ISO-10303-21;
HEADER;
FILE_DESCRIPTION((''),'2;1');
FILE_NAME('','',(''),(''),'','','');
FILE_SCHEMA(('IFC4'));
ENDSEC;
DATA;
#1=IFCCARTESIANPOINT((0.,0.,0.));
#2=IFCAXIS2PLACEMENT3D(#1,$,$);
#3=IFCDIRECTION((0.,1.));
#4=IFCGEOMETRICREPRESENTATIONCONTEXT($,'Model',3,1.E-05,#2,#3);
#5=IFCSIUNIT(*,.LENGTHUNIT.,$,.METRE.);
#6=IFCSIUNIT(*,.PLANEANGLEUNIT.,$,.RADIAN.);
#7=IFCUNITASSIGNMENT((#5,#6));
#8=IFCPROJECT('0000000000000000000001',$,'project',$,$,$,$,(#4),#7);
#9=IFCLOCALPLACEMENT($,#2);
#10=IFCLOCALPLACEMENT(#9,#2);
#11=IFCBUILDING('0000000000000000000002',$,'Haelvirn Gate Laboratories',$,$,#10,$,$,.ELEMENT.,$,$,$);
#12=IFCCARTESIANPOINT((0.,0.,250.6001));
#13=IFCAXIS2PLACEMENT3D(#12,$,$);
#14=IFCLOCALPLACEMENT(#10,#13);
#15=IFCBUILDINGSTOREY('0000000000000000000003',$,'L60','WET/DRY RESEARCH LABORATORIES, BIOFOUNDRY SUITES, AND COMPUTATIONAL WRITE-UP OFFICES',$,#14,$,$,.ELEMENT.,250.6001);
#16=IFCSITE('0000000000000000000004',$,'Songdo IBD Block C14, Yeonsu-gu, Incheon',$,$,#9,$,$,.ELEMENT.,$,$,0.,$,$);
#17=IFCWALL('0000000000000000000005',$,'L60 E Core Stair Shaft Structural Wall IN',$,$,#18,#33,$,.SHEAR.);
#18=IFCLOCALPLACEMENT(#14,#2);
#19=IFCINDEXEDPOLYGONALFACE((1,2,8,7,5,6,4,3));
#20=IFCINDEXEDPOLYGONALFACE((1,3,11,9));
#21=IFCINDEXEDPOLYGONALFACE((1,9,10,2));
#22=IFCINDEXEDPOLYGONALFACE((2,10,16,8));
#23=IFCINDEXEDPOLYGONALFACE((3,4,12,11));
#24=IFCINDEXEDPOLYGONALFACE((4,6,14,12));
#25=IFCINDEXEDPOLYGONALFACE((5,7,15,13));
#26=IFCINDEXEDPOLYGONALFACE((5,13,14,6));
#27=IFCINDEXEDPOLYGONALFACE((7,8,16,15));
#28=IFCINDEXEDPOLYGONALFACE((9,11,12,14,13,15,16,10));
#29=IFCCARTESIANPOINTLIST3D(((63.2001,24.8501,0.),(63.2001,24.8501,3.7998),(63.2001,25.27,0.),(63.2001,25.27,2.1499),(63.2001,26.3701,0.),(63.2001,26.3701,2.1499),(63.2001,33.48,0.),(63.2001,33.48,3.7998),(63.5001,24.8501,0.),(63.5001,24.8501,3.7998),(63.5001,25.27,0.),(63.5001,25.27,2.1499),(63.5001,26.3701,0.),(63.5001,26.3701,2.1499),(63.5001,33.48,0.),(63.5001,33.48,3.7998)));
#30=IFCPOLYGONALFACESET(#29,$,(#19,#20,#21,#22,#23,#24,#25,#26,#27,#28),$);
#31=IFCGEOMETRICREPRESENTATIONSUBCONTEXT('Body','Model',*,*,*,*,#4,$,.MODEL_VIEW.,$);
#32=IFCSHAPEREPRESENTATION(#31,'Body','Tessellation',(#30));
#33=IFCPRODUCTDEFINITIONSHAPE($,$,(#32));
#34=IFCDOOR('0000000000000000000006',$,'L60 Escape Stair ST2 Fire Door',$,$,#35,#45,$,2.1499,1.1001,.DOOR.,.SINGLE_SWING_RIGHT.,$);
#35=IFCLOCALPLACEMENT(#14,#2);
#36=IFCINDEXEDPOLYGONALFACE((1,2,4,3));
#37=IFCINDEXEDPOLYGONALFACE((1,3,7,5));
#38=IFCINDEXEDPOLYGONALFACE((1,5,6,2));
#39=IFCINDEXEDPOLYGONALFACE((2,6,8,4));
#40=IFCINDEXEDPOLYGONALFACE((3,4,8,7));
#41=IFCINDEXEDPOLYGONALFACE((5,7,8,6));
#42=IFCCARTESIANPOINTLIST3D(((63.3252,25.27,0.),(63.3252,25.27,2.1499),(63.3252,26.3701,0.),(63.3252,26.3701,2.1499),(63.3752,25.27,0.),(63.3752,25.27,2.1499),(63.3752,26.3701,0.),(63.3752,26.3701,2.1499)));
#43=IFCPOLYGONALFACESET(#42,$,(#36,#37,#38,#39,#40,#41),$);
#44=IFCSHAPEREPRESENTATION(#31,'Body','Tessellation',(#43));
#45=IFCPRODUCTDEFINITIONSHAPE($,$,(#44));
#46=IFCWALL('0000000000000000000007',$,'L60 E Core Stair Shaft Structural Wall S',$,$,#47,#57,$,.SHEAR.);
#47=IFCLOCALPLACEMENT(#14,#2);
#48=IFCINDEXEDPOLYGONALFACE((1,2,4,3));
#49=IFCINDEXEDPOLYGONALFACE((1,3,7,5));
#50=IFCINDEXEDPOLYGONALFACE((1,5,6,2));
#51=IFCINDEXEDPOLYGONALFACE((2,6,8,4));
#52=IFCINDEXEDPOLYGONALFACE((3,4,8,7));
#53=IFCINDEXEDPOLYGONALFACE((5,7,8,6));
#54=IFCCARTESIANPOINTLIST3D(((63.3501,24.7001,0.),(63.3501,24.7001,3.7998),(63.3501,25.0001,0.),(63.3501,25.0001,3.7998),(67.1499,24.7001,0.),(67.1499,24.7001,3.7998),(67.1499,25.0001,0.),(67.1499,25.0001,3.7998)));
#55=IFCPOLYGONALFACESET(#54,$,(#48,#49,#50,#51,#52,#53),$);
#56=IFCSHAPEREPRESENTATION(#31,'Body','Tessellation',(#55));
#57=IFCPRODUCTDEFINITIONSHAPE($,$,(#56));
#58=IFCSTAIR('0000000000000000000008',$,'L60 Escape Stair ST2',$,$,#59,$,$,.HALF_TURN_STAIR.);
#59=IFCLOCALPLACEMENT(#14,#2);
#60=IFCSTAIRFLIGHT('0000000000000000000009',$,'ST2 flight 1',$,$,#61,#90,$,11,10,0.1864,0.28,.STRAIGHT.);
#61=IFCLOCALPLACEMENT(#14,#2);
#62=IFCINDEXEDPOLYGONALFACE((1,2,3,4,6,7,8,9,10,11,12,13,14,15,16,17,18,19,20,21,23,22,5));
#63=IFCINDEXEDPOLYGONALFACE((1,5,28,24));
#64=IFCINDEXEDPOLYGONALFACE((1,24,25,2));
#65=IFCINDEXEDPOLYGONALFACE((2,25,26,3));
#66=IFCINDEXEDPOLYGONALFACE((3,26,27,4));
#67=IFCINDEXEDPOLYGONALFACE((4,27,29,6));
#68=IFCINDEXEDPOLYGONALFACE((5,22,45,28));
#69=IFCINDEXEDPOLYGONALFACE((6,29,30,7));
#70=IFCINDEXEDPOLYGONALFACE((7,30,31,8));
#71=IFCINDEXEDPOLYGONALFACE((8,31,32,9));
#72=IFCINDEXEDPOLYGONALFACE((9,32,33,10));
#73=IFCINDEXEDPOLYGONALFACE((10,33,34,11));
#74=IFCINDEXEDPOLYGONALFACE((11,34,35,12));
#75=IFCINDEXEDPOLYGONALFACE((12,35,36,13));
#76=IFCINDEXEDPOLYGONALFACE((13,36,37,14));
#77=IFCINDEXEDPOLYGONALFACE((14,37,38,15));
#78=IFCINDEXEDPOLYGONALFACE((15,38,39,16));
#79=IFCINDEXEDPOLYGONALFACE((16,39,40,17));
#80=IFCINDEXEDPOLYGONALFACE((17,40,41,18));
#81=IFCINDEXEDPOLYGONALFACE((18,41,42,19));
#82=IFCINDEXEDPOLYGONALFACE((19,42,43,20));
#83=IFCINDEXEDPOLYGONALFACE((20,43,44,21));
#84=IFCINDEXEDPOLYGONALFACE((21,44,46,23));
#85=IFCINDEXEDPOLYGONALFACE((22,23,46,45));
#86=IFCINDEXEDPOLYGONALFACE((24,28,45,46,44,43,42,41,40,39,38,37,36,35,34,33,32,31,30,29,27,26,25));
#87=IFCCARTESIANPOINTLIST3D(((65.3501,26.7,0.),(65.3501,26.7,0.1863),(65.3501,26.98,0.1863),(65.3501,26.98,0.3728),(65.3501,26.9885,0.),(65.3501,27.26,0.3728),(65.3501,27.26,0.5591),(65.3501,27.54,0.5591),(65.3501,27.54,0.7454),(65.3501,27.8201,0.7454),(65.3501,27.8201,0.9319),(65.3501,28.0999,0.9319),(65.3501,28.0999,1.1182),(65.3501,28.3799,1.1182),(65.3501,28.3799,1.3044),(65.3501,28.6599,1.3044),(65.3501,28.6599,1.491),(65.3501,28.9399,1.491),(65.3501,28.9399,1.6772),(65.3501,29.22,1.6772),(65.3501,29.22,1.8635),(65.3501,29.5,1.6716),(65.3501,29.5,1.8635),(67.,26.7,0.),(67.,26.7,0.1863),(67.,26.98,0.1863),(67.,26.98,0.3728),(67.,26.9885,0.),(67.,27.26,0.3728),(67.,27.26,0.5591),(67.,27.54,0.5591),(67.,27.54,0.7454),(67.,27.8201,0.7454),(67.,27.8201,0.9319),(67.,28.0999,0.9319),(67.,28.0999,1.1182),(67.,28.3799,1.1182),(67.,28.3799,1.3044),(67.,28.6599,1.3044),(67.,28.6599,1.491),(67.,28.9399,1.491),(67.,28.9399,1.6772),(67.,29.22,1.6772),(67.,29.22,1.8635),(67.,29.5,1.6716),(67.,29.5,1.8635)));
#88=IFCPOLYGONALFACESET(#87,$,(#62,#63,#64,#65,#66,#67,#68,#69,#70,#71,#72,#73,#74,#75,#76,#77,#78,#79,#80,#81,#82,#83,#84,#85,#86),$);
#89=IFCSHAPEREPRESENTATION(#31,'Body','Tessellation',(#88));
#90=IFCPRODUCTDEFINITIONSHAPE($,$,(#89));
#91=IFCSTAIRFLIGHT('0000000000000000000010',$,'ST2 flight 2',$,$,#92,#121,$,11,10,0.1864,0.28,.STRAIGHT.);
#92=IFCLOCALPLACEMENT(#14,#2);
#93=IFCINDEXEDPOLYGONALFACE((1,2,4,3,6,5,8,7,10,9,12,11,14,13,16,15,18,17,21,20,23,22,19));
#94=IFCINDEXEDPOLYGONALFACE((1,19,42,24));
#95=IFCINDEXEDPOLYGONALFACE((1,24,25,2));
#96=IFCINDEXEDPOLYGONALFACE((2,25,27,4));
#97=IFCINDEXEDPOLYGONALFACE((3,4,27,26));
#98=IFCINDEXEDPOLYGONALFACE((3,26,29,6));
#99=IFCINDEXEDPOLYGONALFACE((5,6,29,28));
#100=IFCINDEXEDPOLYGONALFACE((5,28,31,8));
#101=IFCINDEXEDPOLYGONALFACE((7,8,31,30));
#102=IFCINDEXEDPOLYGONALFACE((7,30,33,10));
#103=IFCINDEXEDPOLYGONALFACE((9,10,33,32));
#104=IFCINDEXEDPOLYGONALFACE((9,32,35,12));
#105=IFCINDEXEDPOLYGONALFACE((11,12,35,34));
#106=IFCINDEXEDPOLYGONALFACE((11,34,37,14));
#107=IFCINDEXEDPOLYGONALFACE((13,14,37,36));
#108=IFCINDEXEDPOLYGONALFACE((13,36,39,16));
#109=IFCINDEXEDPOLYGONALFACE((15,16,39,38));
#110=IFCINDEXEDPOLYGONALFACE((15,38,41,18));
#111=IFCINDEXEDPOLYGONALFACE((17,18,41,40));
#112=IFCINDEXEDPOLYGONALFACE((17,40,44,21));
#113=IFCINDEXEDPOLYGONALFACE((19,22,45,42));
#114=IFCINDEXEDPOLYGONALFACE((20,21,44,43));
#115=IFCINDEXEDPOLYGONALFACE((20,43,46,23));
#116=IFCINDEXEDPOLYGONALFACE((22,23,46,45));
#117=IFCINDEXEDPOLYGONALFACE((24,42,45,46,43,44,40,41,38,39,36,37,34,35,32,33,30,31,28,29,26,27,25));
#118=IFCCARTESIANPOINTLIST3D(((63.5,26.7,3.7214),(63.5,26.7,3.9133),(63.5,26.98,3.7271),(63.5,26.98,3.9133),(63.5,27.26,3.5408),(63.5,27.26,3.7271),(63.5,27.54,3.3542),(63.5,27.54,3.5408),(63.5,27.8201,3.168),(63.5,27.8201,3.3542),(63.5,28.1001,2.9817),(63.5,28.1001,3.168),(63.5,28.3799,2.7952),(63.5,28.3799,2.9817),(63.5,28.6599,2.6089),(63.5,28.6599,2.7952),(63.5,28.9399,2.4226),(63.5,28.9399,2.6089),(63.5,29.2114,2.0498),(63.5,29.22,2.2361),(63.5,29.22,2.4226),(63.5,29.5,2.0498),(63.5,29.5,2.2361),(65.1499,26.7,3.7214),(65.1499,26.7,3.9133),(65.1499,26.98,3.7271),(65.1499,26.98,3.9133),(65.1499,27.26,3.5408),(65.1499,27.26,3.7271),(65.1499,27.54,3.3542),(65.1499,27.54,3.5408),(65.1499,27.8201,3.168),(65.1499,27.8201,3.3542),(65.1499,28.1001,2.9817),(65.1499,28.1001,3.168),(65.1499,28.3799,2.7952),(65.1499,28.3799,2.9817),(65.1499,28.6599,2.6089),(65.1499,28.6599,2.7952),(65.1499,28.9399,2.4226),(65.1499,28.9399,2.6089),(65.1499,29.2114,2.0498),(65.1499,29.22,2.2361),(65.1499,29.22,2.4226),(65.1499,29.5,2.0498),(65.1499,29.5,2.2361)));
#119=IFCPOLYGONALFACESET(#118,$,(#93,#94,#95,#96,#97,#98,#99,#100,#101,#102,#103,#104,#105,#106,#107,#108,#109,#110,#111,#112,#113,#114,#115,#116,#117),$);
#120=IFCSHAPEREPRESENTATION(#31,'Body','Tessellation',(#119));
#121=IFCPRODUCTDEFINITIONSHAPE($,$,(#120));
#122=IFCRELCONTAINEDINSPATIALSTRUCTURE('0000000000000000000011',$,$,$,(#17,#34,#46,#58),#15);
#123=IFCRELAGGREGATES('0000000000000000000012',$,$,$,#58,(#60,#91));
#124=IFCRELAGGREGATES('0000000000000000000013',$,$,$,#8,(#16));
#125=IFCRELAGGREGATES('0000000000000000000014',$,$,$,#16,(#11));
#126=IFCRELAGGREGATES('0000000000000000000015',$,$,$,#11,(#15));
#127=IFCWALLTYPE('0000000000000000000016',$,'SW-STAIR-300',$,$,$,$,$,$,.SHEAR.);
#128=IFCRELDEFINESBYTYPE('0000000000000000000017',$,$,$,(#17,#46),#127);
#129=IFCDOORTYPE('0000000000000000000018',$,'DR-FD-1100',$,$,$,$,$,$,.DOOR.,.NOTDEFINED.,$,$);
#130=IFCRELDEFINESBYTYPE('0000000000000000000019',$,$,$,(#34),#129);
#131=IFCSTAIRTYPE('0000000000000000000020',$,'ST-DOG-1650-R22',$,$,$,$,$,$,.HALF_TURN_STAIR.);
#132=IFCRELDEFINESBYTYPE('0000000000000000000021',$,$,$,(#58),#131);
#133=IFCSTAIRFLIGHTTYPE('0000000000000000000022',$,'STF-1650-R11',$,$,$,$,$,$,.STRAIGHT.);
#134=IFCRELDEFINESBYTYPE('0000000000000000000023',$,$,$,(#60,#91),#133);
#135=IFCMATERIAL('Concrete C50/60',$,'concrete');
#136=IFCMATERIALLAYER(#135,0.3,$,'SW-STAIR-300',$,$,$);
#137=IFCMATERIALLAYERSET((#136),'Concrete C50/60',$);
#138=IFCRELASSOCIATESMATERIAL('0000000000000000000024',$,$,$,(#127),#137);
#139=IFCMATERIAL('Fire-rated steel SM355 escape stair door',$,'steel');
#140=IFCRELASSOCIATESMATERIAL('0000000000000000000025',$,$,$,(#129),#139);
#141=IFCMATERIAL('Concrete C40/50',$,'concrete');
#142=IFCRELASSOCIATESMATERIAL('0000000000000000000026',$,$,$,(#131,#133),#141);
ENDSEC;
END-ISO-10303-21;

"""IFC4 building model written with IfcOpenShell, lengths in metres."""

from ifc_helpers import new_model, si_unit, direction, frame, frame_2d, origin, place, context, subcontext, project, spatial, polyline, rectangle, outline, extrude, source, transform, mapped, material, layer, layer_set, type_object, type_shapes, element, fill, aggregate, save


model = new_model("IFC4")

# Units and contexts
model_context = context("Model", 3, precision=1e-05, world=origin(), true_north=direction((0.0, 1.0)))
body_context = subcontext(model_context, "Body", "Model", "MODEL_VIEW")
ifc_project = project(units=[si_unit("LENGTHUNIT", "METRE"), si_unit("PLANEANGLEUNIT", "RADIAN")], contexts=[model_context])

# Site, building, storey
site_placement = place(None, origin())
site = spatial("IfcSite", under=ifc_project, at=site_placement, Name="Songdo IBD Block C14, Yeonsu-gu, Incheon", CompositionType="ELEMENT", RefElevation=0.0)
building_placement = place(site_placement, origin())
building = spatial("IfcBuilding", under=site, at=building_placement, Name="Haelvirn Gate Laboratories", CompositionType="ELEMENT")
storey_placement = place(building_placement, frame((0.0, 0.0, 250.6001)))
storey = spatial("IfcBuildingStorey", under=building, at=storey_placement, Name="L60", Description="WET/DRY RESEARCH LABORATORIES, BIOFOUNDRY SUITES, AND COMPUTATIONAL WRITE-UP OFFICES", CompositionType="ELEMENT", Elevation=250.6001)

# Shared definitions
ifc_material_1 = material(Name="Concrete C40/50", Category="concrete")

# Shared definitions
ifc_material_2 = material(Name="Concrete C50/60", Category="concrete")

# Wall, opening, door
ifc_layer_1 = layer(ifc_material_2, 0.3, Name="SW-STAIR-300")
ifc_layer_set_1 = layer_set([ifc_layer_1], Name="Concrete C50/60")
wall_type_1 = type_object("IfcWallType", Name="SW-STAIR-300", PredefinedType="SHEAR", material=ifc_layer_set_1)
wall_1_placement = place(storey_placement, frame((63.3501, 24.8501, 0.0), z_axis=(0.0, 0.0, 1.0), x_axis=(0.0, 1.0, 0.0)))
wall_1 = element("IfcWall", 1, at=wall_1_placement, inside=storey, type_object=wall_type_1, Name="L60 E Core Stair Shaft Structural Wall IN", PredefinedType="SHEAR", context=body_context, shape_type="SweptSolid", body=[
    extrude(rectangle(XDim=8.6299, YDim=0.3, at=frame_2d((4.3149, 0.0))), origin(), (0.0, 0.0, 1.0), 3.7998),
])
opening_1_placement = place(wall_1_placement, frame((0.4199, 0.0, 0.0)))
opening_1 = element("IfcOpeningElement", 2, at=opening_1_placement, cuts=wall_1, PredefinedType="OPENING", context=body_context, shape_type="SweptSolid", body=[
    extrude(rectangle(XDim=1.1001, YDim=2.1499, at=frame_2d((0.55, 1.075))), frame((0.0, 0.1602, 0.0), z_axis=(0.0, -1.0, 0.0), x_axis=(1.0, 0.0, 0.0)), (0.0, 0.0, 1.0), 0.3201),
])
ifc_material_3 = material(Name="Fire-rated steel SM355 escape stair door", Category="steel")
door_type_1 = type_object("IfcDoorType", Name="DR-FD-1100", OperationType="NOTDEFINED", PredefinedType="DOOR", material=ifc_material_3)
shared_shape_1 = source(origin(), body_context, "Body", "SweptSolid", [
    extrude(rectangle(XDim=1.1001, YDim=2.1499, at=frame_2d((0.55, 1.075))), frame((0.0, 0.0249, 0.0), z_axis=(0.0, -1.0, 0.0), x_axis=(1.0, 0.0, 0.0)), (0.0, 0.0, 1.0), 0.05),
])
type_shapes(door_type_1, [shared_shape_1])
door_1_placement = place(opening_1_placement, origin())
door_1 = element("IfcDoor", 3, at=door_1_placement, inside=storey, type_object=door_type_1, Name="L60 Escape Stair ST2 Fire Door", OperationType="SINGLE_SWING_RIGHT", OverallHeight=2.1499, OverallWidth=1.1001, PredefinedType="DOOR", context=body_context, shape_type="MappedRepresentation", body=[
    mapped(shared_shape_1, transform((0.0, 0.0, 0.0), scale=1.0)),
])
fill(opening_1, door_1)

# Wall
wall_2_placement = place(storey_placement, frame((63.3501, 24.8501, 0.0), z_axis=(0.0, 0.0, 1.0), x_axis=(1.0, 0.0, 0.0)))
element("IfcWall", 4, at=wall_2_placement, inside=storey, type_object=wall_type_1, Name="L60 E Core Stair Shaft Structural Wall S", PredefinedType="SHEAR", context=body_context, shape_type="SweptSolid", body=[
    extrude(rectangle(XDim=3.7998, YDim=0.3, at=frame_2d((1.8999, 0.0))), origin(), (0.0, 0.0, 1.0), 3.7998),
])

# Stair, stair flights
stair_type = type_object("IfcStairType", Name="ST-DOG-1650-R22", PredefinedType="HALF_TURN_STAIR", material=ifc_material_1)
stair_placement = place(storey_placement, origin())
stair = element("IfcStair", 5, at=stair_placement, inside=storey, type_object=stair_type, Name="L60 Escape Stair ST2", PredefinedType="HALF_TURN_STAIR")
stair_flight_type = type_object("IfcStairFlightType", Name="STF-1650-R11", PredefinedType="STRAIGHT", material=ifc_material_1)
shared_shape_2 = source(origin(), body_context, "Body", "SweptSolid", [
    extrude(outline(polyline([(0.0, 0.0), (0.0, 0.1863), (0.28, 0.1863), (0.28, 0.3728), (0.5601, 0.3728), (0.5601, 0.5591), (0.8401, 0.5591), (0.8401, 0.7454), (1.1201, 0.7454), (1.1201, 0.9319), (1.3999, 0.9319), (1.3999, 1.1182), (1.6799, 1.1182), (1.6799, 1.3044), (1.96, 1.3044), (1.96, 1.491), (2.24, 1.491), (2.24, 1.6772), (2.52, 1.6772), (2.52, 1.8635), (2.8, 1.8635), (2.8, 2.05), (2.8, 1.6716), (0.2886, 0.0), (0.0, 0.0)])), frame((0.0, 0.825, 0.0), z_axis=(0.0, -1.0, 0.0), x_axis=(1.0, 0.0, 0.0)), (0.0, 0.0, 1.0), 1.6499),
])
type_shapes(stair_flight_type, [shared_shape_2])
stair_flight_1_placement = place(storey_placement, frame((66.175, 26.7, 0.0), z_axis=(0.0, 0.0, 1.0), x_axis=(0.0, 1.0, 0.0)))
stair_flight_1 = element("IfcStairFlight", 6, at=stair_flight_1_placement, type_object=stair_flight_type, Name="ST2 flight 1", NumberOfRisers=11, NumberOfTreads=10, PredefinedType="STRAIGHT", RiserHeight=0.1864, TreadLength=0.28, context=body_context, shape_type="MappedRepresentation", body=[
    mapped(shared_shape_2, transform((0.0, 0.0, 0.0), scale=1.0)),
])
stair_flight_2_placement = place(storey_placement, frame((64.325, 29.5, 2.0498), z_axis=(0.0, 0.0, 1.0), x_axis=(0.0, -1.0, 0.0)))
stair_flight_2 = element("IfcStairFlight", 7, at=stair_flight_2_placement, type_object=stair_flight_type, Name="ST2 flight 2", NumberOfRisers=11, NumberOfTreads=10, PredefinedType="STRAIGHT", RiserHeight=0.1864, TreadLength=0.28, context=body_context, shape_type="MappedRepresentation", body=[
    mapped(shared_shape_2, transform((0.0, 0.0, 0.0), scale=1.0)),
])
aggregate(stair, [stair_flight_1, stair_flight_2])

save(model, "model.ifc")
